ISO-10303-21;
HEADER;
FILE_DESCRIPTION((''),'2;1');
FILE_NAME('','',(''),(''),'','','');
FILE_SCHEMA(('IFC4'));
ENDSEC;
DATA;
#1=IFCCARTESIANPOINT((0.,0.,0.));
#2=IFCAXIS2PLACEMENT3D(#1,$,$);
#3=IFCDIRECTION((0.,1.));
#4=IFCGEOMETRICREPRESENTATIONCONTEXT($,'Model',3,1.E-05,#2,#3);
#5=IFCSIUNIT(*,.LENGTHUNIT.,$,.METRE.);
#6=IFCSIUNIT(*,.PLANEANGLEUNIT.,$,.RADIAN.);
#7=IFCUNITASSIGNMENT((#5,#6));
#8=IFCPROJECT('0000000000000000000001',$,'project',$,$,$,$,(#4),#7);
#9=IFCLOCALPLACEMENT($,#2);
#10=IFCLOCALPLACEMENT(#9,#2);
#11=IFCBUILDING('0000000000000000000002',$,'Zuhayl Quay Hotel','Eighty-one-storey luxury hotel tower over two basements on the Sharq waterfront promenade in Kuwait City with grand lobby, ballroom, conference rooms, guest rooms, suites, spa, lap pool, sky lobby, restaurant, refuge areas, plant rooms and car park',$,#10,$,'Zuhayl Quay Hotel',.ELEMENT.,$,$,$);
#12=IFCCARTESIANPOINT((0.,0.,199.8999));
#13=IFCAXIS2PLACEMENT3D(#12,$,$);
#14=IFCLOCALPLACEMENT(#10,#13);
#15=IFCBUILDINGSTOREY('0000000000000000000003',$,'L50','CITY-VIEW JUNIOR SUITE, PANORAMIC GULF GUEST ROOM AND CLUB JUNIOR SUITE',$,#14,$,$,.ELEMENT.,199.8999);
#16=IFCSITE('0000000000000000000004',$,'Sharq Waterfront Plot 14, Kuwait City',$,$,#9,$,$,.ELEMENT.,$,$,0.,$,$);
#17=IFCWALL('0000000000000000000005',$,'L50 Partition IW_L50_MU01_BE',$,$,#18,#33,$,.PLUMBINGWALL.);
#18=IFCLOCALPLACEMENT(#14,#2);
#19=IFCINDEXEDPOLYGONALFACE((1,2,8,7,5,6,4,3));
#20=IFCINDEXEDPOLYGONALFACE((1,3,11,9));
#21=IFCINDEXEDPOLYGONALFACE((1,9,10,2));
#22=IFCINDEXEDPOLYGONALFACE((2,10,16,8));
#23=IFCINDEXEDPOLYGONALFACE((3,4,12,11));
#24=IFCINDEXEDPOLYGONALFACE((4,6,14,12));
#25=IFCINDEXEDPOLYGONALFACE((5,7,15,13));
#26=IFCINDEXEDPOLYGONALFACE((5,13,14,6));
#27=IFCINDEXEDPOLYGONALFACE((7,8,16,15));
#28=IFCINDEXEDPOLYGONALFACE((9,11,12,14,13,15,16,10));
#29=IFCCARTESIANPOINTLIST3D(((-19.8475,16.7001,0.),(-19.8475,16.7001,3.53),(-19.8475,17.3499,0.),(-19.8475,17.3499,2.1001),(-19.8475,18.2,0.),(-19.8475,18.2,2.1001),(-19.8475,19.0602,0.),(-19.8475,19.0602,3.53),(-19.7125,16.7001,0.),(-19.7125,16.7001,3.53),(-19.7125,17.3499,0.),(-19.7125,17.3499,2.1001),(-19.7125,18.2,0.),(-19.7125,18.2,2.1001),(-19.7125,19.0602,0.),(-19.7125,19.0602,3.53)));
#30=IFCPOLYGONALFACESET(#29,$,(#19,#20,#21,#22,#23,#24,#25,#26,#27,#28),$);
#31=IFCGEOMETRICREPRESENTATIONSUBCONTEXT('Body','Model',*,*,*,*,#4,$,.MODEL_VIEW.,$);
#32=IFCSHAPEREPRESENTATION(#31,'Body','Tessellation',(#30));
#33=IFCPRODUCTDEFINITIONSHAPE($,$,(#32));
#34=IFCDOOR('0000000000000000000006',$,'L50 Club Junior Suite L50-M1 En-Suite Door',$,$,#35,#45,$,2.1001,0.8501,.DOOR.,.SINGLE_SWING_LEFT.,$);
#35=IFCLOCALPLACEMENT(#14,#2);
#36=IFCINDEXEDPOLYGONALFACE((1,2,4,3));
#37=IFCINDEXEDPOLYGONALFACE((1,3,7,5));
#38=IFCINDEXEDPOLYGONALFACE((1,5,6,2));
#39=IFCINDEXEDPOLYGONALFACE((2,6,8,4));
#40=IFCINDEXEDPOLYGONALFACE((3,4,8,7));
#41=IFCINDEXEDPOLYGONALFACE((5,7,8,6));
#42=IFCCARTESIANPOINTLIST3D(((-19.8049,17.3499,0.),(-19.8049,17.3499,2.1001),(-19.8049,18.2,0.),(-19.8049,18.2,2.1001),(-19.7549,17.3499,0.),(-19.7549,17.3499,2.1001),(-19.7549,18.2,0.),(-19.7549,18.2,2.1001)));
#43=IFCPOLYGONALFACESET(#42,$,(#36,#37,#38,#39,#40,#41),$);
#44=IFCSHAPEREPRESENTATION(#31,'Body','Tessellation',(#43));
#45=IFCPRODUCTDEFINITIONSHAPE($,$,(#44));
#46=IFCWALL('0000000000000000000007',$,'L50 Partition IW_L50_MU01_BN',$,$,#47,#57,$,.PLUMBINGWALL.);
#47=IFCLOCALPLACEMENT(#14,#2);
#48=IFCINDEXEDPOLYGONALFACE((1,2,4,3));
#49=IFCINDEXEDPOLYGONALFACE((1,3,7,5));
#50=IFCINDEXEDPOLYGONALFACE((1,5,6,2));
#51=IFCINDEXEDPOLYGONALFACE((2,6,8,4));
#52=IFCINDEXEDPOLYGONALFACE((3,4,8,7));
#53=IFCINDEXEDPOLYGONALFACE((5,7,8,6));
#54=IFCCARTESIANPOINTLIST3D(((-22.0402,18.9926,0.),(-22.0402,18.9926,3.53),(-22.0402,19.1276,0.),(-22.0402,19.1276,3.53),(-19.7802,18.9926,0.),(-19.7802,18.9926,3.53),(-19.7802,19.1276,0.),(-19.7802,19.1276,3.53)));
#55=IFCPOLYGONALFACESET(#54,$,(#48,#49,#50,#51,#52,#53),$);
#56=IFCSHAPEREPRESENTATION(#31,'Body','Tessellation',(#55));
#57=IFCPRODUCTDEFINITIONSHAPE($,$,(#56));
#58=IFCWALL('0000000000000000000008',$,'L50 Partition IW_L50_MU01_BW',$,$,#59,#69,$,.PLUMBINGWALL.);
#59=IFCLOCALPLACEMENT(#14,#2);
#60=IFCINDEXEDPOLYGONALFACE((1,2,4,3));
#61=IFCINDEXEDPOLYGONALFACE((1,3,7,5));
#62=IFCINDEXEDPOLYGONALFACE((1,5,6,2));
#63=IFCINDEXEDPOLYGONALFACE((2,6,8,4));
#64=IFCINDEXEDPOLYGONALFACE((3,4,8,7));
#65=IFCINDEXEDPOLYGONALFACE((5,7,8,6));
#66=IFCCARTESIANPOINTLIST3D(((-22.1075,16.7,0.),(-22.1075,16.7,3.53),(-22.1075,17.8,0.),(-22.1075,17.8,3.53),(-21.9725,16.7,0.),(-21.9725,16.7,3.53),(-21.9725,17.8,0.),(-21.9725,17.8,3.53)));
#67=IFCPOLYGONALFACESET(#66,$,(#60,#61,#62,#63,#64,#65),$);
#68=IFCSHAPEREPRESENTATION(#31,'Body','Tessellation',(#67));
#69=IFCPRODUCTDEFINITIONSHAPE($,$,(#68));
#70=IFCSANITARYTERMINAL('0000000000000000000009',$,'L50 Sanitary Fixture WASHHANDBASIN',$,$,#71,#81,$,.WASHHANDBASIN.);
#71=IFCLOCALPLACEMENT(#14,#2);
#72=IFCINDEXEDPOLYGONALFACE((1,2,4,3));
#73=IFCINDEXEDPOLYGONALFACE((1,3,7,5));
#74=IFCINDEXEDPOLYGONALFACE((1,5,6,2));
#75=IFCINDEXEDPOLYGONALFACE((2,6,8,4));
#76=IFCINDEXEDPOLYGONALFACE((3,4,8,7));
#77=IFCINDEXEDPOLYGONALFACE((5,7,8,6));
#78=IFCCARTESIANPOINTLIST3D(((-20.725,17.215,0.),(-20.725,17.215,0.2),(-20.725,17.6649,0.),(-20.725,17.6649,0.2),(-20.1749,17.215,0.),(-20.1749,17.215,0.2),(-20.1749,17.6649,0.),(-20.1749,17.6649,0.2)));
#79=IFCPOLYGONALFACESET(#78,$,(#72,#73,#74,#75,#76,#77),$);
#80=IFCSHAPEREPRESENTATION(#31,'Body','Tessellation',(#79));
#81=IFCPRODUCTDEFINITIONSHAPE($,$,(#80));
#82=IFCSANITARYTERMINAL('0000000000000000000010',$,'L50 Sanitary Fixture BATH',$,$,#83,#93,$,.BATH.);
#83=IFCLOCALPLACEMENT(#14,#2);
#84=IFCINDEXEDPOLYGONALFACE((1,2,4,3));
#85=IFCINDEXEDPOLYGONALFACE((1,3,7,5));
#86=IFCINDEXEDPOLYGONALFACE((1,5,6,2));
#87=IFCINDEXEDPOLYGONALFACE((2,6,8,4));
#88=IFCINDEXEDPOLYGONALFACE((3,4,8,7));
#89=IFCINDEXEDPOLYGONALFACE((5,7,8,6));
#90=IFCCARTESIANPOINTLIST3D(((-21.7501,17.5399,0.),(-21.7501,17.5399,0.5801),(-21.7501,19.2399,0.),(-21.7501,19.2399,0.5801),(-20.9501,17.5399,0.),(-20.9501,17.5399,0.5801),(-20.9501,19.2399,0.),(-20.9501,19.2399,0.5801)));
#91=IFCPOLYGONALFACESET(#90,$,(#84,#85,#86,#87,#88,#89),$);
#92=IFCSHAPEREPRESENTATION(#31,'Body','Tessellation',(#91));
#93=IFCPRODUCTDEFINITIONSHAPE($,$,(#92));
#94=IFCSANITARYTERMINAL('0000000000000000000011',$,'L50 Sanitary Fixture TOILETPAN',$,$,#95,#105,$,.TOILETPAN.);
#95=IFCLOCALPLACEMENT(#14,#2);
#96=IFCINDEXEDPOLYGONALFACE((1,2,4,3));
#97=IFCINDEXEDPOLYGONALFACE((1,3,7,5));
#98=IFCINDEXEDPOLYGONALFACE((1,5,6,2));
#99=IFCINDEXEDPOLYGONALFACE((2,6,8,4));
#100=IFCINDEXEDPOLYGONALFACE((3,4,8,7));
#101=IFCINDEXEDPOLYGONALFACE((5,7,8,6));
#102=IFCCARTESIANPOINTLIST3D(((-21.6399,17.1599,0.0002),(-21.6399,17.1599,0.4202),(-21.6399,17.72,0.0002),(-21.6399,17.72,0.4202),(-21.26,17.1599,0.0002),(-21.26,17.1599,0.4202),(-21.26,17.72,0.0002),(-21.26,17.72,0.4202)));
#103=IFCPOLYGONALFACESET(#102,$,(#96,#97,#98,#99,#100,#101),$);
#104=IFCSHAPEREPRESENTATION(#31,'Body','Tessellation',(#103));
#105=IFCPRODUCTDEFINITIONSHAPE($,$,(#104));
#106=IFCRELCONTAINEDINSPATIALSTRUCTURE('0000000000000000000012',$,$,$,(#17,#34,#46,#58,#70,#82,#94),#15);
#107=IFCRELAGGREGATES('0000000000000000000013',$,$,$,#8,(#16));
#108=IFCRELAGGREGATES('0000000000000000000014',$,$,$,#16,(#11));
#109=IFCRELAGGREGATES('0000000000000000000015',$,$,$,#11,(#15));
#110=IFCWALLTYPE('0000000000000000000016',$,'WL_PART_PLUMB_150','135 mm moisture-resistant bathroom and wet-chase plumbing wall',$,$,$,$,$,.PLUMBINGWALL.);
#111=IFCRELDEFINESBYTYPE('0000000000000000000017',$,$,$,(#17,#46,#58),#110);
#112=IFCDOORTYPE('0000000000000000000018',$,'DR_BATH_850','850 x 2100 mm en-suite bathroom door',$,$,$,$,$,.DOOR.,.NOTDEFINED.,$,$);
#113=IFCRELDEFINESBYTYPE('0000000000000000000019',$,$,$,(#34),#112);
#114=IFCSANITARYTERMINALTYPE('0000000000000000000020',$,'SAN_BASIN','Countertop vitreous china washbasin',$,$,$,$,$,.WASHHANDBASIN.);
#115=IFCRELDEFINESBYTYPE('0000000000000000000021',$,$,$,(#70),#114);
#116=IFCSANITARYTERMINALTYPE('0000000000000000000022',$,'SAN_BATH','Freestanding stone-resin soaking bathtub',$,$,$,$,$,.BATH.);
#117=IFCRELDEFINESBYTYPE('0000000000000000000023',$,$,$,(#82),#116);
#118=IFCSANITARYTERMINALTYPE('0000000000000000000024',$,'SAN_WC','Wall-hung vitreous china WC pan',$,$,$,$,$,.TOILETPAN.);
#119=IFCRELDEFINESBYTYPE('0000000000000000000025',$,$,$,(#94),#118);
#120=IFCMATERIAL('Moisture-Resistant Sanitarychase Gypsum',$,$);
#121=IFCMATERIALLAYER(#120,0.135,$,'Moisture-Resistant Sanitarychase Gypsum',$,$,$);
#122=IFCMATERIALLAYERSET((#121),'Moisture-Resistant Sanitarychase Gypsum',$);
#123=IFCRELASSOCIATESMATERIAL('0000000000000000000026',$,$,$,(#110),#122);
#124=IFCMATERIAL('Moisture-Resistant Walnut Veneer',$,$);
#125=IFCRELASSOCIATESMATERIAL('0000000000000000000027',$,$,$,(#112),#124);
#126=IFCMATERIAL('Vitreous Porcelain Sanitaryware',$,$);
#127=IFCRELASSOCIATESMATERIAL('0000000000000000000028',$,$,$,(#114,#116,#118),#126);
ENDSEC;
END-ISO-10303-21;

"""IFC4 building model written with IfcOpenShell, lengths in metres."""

from ifc_helpers import new_model, si_unit, direction, frame, frame_2d, origin, origin_2d, place, context, subcontext, project, spatial, rectangle, extrude, material, layer, layer_set, type_object, element, fill, save


model = new_model("IFC4")

# Units and contexts
model_context = context("Model", 3, precision=1e-05, world=origin(), true_north=direction((0.0, 1.0)))
body_context = subcontext(model_context, "Body", "Model", "MODEL_VIEW")
ifc_project = project(units=[si_unit("LENGTHUNIT", "METRE"), si_unit("PLANEANGLEUNIT", "RADIAN")], contexts=[model_context])

# Site, building, storey
site_placement = place(None, origin())
site = spatial("IfcSite", under=ifc_project, at=site_placement, Name="Sharq Waterfront Plot 14, Kuwait City", CompositionType="ELEMENT", RefElevation=0.0)
building_placement = place(site_placement, origin())
building = spatial("IfcBuilding", under=site, at=building_placement, Name="Zuhayl Quay Hotel", Description="Eighty-one-storey luxury hotel tower over two basements on the Sharq waterfront promenade in Kuwait City with grand lobby, ballroom, conference rooms, guest rooms, suites, spa, lap pool, sky lobby, restaurant, refuge areas, plant rooms and car park", LongName="Zuhayl Quay Hotel", CompositionType="ELEMENT")
storey_placement = place(building_placement, frame((0.0, 0.0, 199.8999)))
storey = spatial("IfcBuildingStorey", under=building, at=storey_placement, Name="L50", Description="CITY-VIEW JUNIOR SUITE, PANORAMIC GULF GUEST ROOM AND CLUB JUNIOR SUITE", CompositionType="ELEMENT", Elevation=199.8999)

# Wall, opening, door
ifc_material_1 = material(Name="Moisture-Resistant Sanitarychase Gypsum")
ifc_layer_1 = layer(ifc_material_1, 0.135, Name="Moisture-Resistant Sanitarychase Gypsum")
ifc_layer_set_1 = layer_set([ifc_layer_1], Name="Moisture-Resistant Sanitarychase Gypsum")
wall_type_1 = type_object("IfcWallType", Name="WL_PART_PLUMB_150", Description="135 mm moisture-resistant bathroom and wet-chase plumbing wall", PredefinedType="PLUMBINGWALL", material=ifc_layer_set_1)
wall_1_placement = place(storey_placement, frame((-19.78, 16.7, 0.0), z_axis=(0.0, 0.0, 1.0), x_axis=(0.0, 1.0, 0.0)))
wall_1 = element("IfcWall", 1, at=wall_1_placement, inside=storey, type_object=wall_type_1, Name="L50 Partition IW_L50_MU01_BE", PredefinedType="PLUMBINGWALL", context=body_context, shape_type="SweptSolid", body=[
    extrude(rectangle(XDim=2.3601, YDim=0.135, at=frame_2d((1.1802, 0.0))), origin(), (0.0, 0.0, 1.0), 3.53),
])
opening_1_placement = place(wall_1_placement, frame((0.6499, 0.0, 0.0)))
opening_1 = element("IfcOpeningElement", 2, at=opening_1_placement, cuts=wall_1, PredefinedType="OPENING", context=body_context, shape_type="SweptSolid", body=[
    extrude(rectangle(XDim=0.8501, YDim=2.1001, at=frame_2d((0.425, 1.05))), frame((0.0, 0.0774, 0.0), z_axis=(0.0, -1.0, 0.0), x_axis=(1.0, 0.0, 0.0)), (0.0, 0.0, 1.0), 0.155),
])
ifc_material_2 = material(Name="Moisture-Resistant Walnut Veneer")
door_type_1 = type_object("IfcDoorType", Name="DR_BATH_850", Description="850 x 2100 mm en-suite bathroom door", OperationType="NOTDEFINED", PredefinedType="DOOR", material=ifc_material_2)
door_1_placement = place(opening_1_placement, origin())
door_1 = element("IfcDoor", 3, at=door_1_placement, inside=storey, type_object=door_type_1, Name="L50 Club Junior Suite L50-M1 En-Suite Door", OperationType="SINGLE_SWING_LEFT", OverallHeight=2.1001, OverallWidth=0.8501, PredefinedType="DOOR", context=body_context, shape_type="SweptSolid", body=[
    extrude(rectangle(XDim=0.8501, YDim=2.1001, at=frame_2d((0.425, 1.05))), frame((0.0, 0.0249, 0.0), z_axis=(0.0, -1.0, 0.0), x_axis=(1.0, 0.0, 0.0)), (0.0, 0.0, 1.0), 0.05),
])
fill(opening_1, door_1)

# Walls
wall_2_placement = place(storey_placement, frame((-22.04, 19.0601, 0.0), z_axis=(0.0, 0.0, 1.0), x_axis=(1.0, 0.0, 0.0)))
element("IfcWall", 4, at=wall_2_placement, inside=storey, type_object=wall_type_1, Name="L50 Partition IW_L50_MU01_BN", PredefinedType="PLUMBINGWALL", context=body_context, shape_type="SweptSolid", body=[
    extrude(rectangle(XDim=2.26, YDim=0.135, at=frame_2d((1.1299, 0.0))), origin(), (0.0, 0.0, 1.0), 3.53),
])
wall_3_placement = place(storey_placement, frame((-22.04, 16.7, 0.0), z_axis=(0.0, 0.0, 1.0), x_axis=(0.0, 1.0, 0.0)))
element("IfcWall", 5, at=wall_3_placement, inside=storey, type_object=wall_type_1, Name="L50 Partition IW_L50_MU01_BW", PredefinedType="PLUMBINGWALL", context=body_context, shape_type="SweptSolid", body=[
    extrude(rectangle(XDim=1.1001, YDim=0.135, at=frame_2d((0.55, 0.0))), origin(), (0.0, 0.0, 1.0), 3.53),
])

# Sanitary terminals
ifc_material_3 = material(Name="Vitreous Porcelain Sanitaryware")
sanitary_terminal_type_1 = type_object("IfcSanitaryTerminalType", Name="SAN_BASIN", Description="Countertop vitreous china washbasin", PredefinedType="WASHHANDBASIN", material=ifc_material_3)
sanitary_terminal_1_placement = place(storey_placement, frame((-20.45, 17.4399, 0.0), z_axis=(0.0, 0.0, 1.0), x_axis=(1.0, 0.0, 0.0)))
element("IfcSanitaryTerminal", 6, at=sanitary_terminal_1_placement, inside=storey, type_object=sanitary_terminal_type_1, Name="L50 Sanitary Fixture WASHHANDBASIN", PredefinedType="WASHHANDBASIN", context=body_context, shape_type="SweptSolid", body=[
    extrude(rectangle(XDim=0.55, YDim=0.45, at=origin_2d()), origin(), (0.0, 0.0, 1.0), 0.2),
])
sanitary_terminal_type_2 = type_object("IfcSanitaryTerminalType", Name="SAN_BATH", Description="Freestanding stone-resin soaking bathtub", PredefinedType="BATH", material=ifc_material_3)
sanitary_terminal_2_placement = place(storey_placement, frame((-21.3501, 18.3899, 0.0), z_axis=(0.0, 0.0, 1.0), x_axis=(1.0, 0.0, 0.0)))
element("IfcSanitaryTerminal", 7, at=sanitary_terminal_2_placement, inside=storey, type_object=sanitary_terminal_type_2, Name="L50 Sanitary Fixture BATH", PredefinedType="BATH", context=body_context, shape_type="SweptSolid", body=[
    extrude(rectangle(XDim=0.8, YDim=1.7, at=origin_2d()), origin(), (0.0, 0.0, 1.0), 0.5801),
])
sanitary_terminal_type_3 = type_object("IfcSanitaryTerminalType", Name="SAN_WC", Description="Wall-hung vitreous china WC pan", PredefinedType="TOILETPAN", material=ifc_material_3)
sanitary_terminal_3_placement = place(storey_placement, frame((-21.45, 17.4399, 0.0002), z_axis=(0.0, 0.0, 1.0), x_axis=(1.0, 0.0, 0.0)))
element("IfcSanitaryTerminal", 8, at=sanitary_terminal_3_placement, inside=storey, type_object=sanitary_terminal_type_3, Name="L50 Sanitary Fixture TOILETPAN", PredefinedType="TOILETPAN", context=body_context, shape_type="SweptSolid", body=[
    extrude(rectangle(XDim=0.3799, YDim=0.5601, at=origin_2d()), origin(), (0.0, 0.0, 1.0), 0.4199),
])

save(model, "model.ifc")
